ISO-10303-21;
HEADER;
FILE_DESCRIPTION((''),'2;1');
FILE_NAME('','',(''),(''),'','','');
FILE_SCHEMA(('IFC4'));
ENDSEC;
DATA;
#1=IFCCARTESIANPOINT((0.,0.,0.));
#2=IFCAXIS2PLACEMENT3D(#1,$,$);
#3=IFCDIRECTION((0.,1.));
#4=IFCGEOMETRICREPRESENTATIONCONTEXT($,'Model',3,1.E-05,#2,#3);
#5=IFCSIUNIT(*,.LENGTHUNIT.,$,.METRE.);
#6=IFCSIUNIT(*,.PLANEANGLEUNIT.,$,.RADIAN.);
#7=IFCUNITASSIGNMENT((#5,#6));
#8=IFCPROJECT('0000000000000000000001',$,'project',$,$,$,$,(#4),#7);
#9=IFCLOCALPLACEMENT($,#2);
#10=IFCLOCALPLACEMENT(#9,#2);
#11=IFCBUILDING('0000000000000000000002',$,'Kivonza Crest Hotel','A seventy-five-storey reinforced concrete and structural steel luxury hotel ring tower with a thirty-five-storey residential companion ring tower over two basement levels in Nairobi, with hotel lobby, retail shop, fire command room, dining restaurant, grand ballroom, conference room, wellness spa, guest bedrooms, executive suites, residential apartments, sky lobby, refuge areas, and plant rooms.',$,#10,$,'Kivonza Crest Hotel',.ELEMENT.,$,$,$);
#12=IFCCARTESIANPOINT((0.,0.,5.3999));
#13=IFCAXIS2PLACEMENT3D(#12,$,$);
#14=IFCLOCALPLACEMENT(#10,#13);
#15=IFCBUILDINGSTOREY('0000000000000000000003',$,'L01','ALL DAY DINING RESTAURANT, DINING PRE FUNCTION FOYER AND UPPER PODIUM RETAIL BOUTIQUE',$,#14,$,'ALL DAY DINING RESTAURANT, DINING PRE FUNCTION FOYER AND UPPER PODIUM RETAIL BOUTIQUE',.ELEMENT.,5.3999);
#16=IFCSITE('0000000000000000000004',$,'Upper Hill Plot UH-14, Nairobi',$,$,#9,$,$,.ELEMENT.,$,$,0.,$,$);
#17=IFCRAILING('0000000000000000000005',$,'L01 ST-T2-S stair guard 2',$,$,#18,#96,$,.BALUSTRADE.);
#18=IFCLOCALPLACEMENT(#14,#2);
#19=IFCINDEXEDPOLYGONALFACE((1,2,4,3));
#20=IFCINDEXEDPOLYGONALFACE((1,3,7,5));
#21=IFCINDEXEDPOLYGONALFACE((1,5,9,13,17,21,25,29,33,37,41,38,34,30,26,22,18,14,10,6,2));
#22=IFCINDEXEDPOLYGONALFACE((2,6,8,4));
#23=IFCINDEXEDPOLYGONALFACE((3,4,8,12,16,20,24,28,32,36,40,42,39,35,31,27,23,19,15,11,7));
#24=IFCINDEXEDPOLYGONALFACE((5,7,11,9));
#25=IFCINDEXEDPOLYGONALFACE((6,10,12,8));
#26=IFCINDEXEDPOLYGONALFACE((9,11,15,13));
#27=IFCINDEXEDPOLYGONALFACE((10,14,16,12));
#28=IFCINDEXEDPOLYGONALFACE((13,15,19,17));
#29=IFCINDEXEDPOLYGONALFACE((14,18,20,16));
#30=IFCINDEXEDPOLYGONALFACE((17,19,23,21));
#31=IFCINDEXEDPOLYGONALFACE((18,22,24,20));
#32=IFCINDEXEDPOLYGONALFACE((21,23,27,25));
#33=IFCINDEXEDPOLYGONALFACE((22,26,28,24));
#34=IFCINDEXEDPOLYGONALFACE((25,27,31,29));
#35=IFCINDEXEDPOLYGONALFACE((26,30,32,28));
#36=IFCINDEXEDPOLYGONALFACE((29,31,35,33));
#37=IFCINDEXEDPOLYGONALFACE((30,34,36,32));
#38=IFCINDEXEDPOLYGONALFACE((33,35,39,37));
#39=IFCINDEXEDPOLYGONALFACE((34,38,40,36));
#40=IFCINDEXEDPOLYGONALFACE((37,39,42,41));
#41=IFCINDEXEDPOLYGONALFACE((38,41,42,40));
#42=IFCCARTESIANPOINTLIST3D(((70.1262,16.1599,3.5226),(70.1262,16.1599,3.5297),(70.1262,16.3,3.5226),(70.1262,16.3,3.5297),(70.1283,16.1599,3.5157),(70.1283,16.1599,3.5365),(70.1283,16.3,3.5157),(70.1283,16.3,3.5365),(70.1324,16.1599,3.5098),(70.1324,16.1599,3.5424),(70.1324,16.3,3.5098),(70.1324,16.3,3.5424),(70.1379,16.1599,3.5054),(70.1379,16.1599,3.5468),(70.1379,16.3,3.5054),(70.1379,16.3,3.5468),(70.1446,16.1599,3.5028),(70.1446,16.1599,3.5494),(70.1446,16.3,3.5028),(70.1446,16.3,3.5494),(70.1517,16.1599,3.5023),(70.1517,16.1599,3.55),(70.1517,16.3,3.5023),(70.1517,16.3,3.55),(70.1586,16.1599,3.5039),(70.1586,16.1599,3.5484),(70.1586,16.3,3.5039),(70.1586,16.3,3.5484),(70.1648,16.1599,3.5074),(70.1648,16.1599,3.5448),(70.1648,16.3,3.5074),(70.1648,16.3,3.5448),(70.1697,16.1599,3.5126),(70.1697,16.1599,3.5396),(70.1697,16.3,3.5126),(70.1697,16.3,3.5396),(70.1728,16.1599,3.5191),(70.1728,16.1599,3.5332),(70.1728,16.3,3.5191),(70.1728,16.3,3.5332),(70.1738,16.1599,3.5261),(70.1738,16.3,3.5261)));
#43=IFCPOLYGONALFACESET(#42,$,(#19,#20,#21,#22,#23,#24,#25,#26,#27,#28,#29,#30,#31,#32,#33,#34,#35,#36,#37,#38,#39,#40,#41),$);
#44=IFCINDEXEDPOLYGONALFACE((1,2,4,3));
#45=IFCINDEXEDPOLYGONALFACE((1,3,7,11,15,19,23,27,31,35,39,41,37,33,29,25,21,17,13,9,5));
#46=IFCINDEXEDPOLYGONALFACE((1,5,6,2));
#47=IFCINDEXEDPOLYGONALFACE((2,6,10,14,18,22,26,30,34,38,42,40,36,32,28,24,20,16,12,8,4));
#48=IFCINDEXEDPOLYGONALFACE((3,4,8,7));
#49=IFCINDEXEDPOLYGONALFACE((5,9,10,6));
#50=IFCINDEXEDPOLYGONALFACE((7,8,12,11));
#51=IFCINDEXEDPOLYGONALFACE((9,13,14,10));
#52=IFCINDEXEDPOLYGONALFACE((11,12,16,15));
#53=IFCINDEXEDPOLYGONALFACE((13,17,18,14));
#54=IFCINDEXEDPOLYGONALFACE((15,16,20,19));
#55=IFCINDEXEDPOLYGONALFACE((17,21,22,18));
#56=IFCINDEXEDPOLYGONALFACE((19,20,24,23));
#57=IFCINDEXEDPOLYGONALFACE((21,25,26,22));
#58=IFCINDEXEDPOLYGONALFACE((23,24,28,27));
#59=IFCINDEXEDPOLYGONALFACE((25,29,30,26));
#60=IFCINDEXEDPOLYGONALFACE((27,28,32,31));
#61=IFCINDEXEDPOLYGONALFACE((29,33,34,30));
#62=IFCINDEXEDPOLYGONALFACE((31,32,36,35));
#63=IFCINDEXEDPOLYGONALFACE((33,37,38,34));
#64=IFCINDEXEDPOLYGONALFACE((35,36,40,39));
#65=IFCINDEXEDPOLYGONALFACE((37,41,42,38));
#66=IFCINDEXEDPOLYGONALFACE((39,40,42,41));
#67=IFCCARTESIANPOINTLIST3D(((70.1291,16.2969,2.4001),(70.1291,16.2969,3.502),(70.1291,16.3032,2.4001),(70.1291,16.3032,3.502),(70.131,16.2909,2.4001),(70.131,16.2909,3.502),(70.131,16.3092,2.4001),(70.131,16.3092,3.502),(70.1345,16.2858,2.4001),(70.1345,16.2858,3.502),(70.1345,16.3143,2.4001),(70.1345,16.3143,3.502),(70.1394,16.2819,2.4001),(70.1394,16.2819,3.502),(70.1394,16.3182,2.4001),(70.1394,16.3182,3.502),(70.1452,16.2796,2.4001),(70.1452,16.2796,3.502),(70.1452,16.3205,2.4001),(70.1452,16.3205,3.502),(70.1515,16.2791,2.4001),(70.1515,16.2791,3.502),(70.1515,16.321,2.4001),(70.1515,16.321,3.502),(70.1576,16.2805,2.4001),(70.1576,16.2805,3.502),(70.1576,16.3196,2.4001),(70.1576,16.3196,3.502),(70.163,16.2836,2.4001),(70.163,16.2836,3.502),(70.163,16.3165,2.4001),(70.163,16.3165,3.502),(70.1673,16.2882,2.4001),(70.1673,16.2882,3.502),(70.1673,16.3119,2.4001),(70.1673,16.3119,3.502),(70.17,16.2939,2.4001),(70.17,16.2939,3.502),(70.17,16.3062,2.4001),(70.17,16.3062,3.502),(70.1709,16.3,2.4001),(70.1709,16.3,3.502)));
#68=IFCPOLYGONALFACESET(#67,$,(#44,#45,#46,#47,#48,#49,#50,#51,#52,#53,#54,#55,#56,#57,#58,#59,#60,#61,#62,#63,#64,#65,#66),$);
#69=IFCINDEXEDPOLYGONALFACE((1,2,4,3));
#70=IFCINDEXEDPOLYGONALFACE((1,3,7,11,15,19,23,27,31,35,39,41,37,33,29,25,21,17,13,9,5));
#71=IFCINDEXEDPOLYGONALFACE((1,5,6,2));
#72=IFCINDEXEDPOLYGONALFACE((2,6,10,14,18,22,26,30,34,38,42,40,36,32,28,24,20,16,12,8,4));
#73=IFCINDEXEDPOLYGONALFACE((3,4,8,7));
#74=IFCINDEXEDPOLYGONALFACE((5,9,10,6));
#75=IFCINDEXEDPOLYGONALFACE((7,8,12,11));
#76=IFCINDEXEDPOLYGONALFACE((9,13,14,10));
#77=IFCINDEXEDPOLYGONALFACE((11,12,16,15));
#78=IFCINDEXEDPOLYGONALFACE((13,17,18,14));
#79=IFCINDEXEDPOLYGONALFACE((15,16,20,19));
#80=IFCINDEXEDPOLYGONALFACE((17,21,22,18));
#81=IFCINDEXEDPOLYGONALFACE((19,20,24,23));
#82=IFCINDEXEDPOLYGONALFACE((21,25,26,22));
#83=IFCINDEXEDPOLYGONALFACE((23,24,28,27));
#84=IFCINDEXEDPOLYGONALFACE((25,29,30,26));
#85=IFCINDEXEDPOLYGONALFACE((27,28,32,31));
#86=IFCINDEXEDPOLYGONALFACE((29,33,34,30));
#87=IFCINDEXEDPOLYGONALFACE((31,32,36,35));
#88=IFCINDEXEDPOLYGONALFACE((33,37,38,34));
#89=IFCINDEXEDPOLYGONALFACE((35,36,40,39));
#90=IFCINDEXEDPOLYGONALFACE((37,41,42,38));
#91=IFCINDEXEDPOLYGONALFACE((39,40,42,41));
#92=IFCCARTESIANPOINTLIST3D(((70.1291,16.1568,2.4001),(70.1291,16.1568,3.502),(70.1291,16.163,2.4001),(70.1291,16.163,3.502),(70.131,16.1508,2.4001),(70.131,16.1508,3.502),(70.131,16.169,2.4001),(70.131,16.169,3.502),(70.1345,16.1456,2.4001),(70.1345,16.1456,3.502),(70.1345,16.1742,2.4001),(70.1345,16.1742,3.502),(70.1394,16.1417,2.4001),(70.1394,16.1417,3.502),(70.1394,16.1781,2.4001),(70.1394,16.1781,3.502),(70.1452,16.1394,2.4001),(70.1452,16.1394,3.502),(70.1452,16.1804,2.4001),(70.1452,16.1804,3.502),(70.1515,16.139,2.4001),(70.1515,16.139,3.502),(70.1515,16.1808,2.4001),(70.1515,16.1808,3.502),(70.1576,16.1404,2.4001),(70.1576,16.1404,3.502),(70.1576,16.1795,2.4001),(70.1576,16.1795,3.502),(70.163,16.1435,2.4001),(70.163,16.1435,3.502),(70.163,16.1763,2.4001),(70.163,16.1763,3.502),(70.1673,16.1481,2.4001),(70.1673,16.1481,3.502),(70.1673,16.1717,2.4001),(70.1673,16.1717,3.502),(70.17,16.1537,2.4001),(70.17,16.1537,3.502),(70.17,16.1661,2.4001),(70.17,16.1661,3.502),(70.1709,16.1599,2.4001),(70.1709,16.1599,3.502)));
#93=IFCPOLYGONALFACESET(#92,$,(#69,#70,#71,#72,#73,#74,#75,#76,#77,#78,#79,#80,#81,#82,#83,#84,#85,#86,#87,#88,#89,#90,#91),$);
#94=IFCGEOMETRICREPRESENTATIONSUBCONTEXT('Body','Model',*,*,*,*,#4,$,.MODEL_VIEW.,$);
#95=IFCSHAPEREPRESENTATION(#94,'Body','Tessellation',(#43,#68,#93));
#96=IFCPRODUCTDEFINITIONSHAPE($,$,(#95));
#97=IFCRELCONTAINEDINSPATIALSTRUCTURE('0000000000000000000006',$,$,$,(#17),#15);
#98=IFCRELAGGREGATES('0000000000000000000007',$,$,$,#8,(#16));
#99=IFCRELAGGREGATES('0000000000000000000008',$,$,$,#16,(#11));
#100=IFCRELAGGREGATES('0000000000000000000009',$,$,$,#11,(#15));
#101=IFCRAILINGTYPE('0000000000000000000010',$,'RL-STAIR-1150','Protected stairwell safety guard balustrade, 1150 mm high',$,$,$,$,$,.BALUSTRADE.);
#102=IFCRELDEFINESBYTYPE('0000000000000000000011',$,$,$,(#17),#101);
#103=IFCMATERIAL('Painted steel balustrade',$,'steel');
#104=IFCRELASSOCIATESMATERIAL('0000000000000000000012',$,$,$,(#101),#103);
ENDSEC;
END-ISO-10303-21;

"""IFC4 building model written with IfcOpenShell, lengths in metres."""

from ifc_helpers import new_model, si_unit, direction, frame, origin, origin_2d, place, context, subcontext, project, spatial, circle, extrude, material, type_object, element, save


model = new_model("IFC4")

# Units and contexts
model_context = context("Model", 3, precision=1e-05, world=origin(), true_north=direction((0.0, 1.0)))
body_context = subcontext(model_context, "Body", "Model", "MODEL_VIEW")
ifc_project = project(units=[si_unit("LENGTHUNIT", "METRE"), si_unit("PLANEANGLEUNIT", "RADIAN")], contexts=[model_context])

# Site, building, storey
site_placement = place(None, origin())
site = spatial("IfcSite", under=ifc_project, at=site_placement, Name="Upper Hill Plot UH-14, Nairobi", CompositionType="ELEMENT", RefElevation=0.0)
building_placement = place(site_placement, origin())
building = spatial("IfcBuilding", under=site, at=building_placement, Name="Kivonza Crest Hotel", Description="A seventy-five-storey reinforced concrete and structural steel luxury hotel ring tower with a thirty-five-storey residential companion ring tower over two basement levels in Nairobi, with hotel lobby, retail shop, fire command room, dining restaurant, grand ballroom, conference room, wellness spa, guest bedrooms, executive suites, residential apartments, sky lobby, refuge areas, and plant rooms.", LongName="Kivonza Crest Hotel", CompositionType="ELEMENT")
storey_placement = place(building_placement, frame((0.0, 0.0, 5.3999)))
storey = spatial("IfcBuildingStorey", under=building, at=storey_placement, Name="L01", Description="ALL DAY DINING RESTAURANT, DINING PRE FUNCTION FOYER AND UPPER PODIUM RETAIL BOUTIQUE", LongName="ALL DAY DINING RESTAURANT, DINING PRE FUNCTION FOYER AND UPPER PODIUM RETAIL BOUTIQUE", CompositionType="ELEMENT", Elevation=5.3999)

# Railing
ifc_material_1 = material(Name="Painted steel balustrade", Category="steel")
railing_type_1 = type_object("IfcRailingType", Name="RL-STAIR-1150", Description="Protected stairwell safety guard balustrade, 1150 mm high", PredefinedType="BALUSTRADE", material=ifc_material_1)
railing_1_placement = place(storey_placement, frame((70.1499, 16.3, 2.4001)))
element("IfcRailing", 1, at=railing_1_placement, inside=storey, type_object=railing_type_1, Name="L01 ST-T2-S stair guard 2", PredefinedType="BALUSTRADE", context=body_context, shape_type="SweptSolid", body=[
    extrude(circle(Radius=0.0239, at=origin_2d()), frame((0.0, 0.0, 1.126), z_axis=(0.0, -1.0, 0.0), x_axis=(1.0, 0.0, 0.0)), (0.0, 0.0, 1.0), 0.1401),
    extrude(circle(Radius=0.021, at=origin_2d()), origin(), (0.0, 0.0, 1.0), 1.1018),
    extrude(circle(Radius=0.021, at=origin_2d()), frame((0.0, -0.1401, 0.0)), (0.0, 0.0, 1.0), 1.1018),
])

save(model, "model.ifc")
